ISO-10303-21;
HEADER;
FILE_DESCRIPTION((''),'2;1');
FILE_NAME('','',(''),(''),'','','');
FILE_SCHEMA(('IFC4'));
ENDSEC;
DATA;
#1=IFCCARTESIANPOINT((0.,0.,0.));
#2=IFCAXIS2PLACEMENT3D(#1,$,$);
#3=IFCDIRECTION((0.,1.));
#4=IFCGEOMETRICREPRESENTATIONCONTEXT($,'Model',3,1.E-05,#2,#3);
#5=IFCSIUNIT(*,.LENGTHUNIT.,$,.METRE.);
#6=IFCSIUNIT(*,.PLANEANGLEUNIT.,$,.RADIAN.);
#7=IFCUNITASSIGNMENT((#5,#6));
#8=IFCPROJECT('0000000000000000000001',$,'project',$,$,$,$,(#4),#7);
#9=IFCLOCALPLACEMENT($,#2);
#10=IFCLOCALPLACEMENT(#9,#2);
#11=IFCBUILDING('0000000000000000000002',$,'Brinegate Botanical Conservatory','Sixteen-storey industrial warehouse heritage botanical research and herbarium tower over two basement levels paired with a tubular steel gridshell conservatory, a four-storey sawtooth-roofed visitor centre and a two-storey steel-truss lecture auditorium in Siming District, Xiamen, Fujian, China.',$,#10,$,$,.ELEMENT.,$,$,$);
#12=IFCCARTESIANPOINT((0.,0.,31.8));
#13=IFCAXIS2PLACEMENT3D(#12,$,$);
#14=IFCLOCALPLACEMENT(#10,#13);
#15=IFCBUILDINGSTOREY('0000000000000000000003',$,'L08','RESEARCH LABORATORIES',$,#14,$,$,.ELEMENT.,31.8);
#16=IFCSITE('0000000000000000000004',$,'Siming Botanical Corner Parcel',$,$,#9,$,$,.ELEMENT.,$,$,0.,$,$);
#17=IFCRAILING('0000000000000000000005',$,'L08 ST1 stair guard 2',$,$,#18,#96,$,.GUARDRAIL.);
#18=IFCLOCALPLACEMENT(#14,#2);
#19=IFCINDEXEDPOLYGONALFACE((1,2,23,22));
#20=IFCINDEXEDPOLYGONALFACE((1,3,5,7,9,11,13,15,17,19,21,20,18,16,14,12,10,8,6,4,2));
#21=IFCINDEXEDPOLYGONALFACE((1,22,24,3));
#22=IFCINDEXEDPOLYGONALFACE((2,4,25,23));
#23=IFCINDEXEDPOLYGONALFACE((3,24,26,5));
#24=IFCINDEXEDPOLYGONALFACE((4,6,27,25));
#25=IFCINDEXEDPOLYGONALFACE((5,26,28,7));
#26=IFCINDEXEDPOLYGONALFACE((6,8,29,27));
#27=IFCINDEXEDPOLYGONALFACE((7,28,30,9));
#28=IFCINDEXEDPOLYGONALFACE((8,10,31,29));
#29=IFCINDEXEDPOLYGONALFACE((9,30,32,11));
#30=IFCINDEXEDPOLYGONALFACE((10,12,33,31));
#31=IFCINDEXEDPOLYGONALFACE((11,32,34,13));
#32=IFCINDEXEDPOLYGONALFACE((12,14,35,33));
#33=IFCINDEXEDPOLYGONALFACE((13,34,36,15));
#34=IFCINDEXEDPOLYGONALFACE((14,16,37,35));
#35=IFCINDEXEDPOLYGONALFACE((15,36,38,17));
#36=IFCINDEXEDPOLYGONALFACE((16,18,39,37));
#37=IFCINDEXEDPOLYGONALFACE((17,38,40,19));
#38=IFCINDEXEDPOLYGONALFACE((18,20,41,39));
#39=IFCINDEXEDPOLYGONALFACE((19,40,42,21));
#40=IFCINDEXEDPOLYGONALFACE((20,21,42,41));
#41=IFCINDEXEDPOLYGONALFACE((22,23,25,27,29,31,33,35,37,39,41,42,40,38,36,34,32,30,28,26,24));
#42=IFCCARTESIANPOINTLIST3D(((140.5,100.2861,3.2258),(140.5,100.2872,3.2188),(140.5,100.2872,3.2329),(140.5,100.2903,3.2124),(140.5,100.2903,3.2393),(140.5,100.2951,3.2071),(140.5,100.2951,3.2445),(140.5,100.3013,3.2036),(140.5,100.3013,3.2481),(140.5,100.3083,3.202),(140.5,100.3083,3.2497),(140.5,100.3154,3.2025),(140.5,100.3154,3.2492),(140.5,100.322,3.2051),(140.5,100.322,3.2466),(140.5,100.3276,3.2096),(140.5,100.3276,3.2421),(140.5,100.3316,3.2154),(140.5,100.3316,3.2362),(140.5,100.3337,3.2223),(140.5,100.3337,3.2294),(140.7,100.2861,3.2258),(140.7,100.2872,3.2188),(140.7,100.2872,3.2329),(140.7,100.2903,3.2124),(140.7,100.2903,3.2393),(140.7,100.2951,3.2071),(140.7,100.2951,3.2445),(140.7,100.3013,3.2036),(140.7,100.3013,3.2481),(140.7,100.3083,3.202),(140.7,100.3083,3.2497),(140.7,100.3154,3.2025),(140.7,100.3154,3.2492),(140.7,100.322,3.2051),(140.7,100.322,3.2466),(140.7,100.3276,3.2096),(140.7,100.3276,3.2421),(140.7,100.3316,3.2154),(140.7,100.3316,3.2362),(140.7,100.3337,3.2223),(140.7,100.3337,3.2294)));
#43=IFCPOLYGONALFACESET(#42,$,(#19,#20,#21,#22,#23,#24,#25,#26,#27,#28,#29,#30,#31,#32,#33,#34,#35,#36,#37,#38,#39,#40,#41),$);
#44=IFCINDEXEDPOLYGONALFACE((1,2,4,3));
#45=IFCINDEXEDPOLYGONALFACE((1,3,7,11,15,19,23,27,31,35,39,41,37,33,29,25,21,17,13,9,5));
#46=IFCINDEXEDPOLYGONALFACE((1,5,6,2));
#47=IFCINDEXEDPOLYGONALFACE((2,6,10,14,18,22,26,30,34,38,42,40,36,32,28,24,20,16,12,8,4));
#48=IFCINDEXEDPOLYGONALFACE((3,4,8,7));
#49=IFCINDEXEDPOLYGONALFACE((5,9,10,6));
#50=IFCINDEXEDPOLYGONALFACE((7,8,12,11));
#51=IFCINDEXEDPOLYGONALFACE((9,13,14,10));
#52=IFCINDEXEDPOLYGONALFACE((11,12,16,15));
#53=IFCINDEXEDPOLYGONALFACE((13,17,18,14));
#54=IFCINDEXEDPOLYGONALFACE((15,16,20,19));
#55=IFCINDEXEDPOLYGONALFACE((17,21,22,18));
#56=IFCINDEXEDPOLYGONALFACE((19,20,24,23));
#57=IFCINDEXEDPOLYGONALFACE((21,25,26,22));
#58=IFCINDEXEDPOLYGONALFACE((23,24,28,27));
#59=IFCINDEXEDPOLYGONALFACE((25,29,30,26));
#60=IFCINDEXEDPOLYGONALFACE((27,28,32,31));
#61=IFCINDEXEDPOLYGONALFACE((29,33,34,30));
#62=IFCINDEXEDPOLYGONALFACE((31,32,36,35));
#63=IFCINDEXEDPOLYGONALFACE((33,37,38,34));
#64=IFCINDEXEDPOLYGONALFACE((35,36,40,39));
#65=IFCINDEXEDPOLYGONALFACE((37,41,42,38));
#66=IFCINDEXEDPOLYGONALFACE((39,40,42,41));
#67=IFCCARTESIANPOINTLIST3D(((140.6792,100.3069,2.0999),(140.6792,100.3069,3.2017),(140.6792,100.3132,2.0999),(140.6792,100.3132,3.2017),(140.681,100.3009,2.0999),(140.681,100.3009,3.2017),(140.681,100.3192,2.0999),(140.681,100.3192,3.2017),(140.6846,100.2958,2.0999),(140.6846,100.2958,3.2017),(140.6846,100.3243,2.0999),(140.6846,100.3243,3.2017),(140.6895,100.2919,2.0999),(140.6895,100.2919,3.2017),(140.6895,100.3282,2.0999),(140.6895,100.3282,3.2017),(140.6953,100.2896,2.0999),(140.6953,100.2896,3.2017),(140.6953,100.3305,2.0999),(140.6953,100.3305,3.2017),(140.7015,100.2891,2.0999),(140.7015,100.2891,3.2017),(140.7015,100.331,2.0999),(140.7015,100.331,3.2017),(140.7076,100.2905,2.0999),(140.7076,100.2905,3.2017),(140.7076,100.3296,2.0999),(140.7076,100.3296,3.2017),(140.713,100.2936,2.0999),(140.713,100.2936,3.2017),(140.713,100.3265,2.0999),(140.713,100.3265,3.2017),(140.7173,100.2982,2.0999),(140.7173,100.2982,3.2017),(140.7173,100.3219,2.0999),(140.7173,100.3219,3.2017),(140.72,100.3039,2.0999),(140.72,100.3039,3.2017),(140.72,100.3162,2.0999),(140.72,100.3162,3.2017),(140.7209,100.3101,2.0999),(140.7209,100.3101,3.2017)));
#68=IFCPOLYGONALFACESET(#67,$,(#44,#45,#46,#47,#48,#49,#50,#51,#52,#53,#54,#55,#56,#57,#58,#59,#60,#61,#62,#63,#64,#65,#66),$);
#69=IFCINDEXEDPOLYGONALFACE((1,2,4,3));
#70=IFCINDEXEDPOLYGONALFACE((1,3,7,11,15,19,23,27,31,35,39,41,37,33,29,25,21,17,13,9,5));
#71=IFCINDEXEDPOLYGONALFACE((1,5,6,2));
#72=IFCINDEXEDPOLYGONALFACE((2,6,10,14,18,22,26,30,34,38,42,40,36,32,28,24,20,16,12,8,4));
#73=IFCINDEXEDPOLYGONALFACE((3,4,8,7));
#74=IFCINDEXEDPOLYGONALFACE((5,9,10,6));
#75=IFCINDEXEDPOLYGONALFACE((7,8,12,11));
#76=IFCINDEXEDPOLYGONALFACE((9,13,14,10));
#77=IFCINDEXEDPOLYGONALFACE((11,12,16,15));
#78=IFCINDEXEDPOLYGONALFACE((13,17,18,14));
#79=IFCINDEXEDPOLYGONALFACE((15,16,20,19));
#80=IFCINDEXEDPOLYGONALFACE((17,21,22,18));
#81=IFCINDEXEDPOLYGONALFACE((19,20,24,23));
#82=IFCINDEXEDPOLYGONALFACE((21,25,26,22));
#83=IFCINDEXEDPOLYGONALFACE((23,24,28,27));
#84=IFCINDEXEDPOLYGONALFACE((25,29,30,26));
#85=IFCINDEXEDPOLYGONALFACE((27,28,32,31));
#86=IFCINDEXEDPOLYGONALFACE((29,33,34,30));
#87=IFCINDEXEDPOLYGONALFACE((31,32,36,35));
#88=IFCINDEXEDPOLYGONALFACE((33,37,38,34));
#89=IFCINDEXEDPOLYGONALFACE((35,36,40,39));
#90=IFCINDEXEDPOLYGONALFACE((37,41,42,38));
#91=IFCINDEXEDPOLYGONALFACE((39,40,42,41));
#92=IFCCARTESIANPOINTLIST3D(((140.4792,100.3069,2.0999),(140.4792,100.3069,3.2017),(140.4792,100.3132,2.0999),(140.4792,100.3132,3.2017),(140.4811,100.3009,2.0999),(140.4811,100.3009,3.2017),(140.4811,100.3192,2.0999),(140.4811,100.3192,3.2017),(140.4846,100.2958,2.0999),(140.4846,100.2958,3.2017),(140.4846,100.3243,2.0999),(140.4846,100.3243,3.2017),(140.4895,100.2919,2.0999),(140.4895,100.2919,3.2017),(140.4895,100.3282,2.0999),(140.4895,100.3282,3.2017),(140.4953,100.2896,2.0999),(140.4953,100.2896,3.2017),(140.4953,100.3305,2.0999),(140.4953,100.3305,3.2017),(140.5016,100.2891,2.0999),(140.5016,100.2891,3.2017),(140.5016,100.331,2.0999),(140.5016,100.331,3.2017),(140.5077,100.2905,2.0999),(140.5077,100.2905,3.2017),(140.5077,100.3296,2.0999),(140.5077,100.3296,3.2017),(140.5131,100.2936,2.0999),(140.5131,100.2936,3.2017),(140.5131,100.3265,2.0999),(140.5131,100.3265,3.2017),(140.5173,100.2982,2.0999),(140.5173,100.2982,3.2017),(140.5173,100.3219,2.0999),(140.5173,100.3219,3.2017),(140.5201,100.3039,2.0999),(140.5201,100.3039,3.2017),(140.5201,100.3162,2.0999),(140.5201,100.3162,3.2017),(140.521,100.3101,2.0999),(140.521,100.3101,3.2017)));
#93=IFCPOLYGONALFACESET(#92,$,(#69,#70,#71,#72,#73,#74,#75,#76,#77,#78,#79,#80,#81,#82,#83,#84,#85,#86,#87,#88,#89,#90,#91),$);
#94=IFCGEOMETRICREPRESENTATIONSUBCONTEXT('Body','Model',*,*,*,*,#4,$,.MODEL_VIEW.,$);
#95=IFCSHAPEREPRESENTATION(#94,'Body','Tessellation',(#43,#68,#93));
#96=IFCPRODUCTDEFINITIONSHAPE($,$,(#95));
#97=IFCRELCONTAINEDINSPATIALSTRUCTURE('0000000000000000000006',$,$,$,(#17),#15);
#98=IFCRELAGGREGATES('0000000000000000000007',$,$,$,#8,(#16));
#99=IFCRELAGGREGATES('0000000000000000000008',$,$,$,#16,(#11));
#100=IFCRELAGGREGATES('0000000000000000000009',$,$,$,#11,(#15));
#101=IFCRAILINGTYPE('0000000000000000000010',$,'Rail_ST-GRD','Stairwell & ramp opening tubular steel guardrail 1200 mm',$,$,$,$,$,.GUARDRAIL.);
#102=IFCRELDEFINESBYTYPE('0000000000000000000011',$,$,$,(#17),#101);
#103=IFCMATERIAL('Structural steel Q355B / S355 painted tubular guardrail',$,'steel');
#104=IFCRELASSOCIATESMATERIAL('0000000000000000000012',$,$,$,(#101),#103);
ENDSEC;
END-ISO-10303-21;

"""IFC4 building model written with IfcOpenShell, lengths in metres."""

from ifc_helpers import new_model, si_unit, direction, frame, origin, origin_2d, place, context, subcontext, project, spatial, circle, extrude, material, type_object, element, save


model = new_model("IFC4")

# Units and contexts
model_context = context("Model", 3, precision=1e-05, world=origin(), true_north=direction((0.0, 1.0)))
body_context = subcontext(model_context, "Body", "Model", "MODEL_VIEW")
ifc_project = project(units=[si_unit("LENGTHUNIT", "METRE"), si_unit("PLANEANGLEUNIT", "RADIAN")], contexts=[model_context])

# Site, building, storey
site_placement = place(None, origin())
site = spatial("IfcSite", under=ifc_project, at=site_placement, Name="Siming Botanical Corner Parcel", CompositionType="ELEMENT", RefElevation=0.0)
building_placement = place(site_placement, origin())
building = spatial("IfcBuilding", under=site, at=building_placement, Name="Brinegate Botanical Conservatory", Description="Sixteen-storey industrial warehouse heritage botanical research and herbarium tower over two basement levels paired with a tubular steel gridshell conservatory, a four-storey sawtooth-roofed visitor centre and a two-storey steel-truss lecture auditorium in Siming District, Xiamen, Fujian, China.", CompositionType="ELEMENT")
storey_placement = place(building_placement, frame((0.0, 0.0, 31.8)))
storey = spatial("IfcBuildingStorey", under=building, at=storey_placement, Name="L08", Description="RESEARCH LABORATORIES", CompositionType="ELEMENT", Elevation=31.8)

# Railing
ifc_material_1 = material(Name="Structural steel Q355B / S355 painted tubular guardrail", Category="steel")
railing_type_1 = type_object("IfcRailingType", Name="Rail_ST-GRD", Description="Stairwell & ramp opening tubular steel guardrail 1200 mm", PredefinedType="GUARDRAIL", material=ifc_material_1)
railing_1_placement = place(storey_placement, frame((140.7, 100.3101, 2.0999)))
element("IfcRailing", 1, at=railing_1_placement, inside=storey, type_object=railing_type_1, Name="L08 ST1 stair guard 2", PredefinedType="GUARDRAIL", context=body_context, shape_type="SweptSolid", body=[
    extrude(circle(Radius=0.0239, at=origin_2d()), frame((0.0, 0.0, 1.126), z_axis=(-1.0, 0.0, 0.0), x_axis=(0.0, -1.0, 0.0)), (0.0, 0.0, 1.0), 0.2),
    extrude(circle(Radius=0.021, at=origin_2d()), origin(), (0.0, 0.0, 1.0), 1.1018),
    extrude(circle(Radius=0.021, at=origin_2d()), frame((-0.2, 0.0, 0.0)), (0.0, 0.0, 1.0), 1.1018),
])

save(model, "model.ifc")
